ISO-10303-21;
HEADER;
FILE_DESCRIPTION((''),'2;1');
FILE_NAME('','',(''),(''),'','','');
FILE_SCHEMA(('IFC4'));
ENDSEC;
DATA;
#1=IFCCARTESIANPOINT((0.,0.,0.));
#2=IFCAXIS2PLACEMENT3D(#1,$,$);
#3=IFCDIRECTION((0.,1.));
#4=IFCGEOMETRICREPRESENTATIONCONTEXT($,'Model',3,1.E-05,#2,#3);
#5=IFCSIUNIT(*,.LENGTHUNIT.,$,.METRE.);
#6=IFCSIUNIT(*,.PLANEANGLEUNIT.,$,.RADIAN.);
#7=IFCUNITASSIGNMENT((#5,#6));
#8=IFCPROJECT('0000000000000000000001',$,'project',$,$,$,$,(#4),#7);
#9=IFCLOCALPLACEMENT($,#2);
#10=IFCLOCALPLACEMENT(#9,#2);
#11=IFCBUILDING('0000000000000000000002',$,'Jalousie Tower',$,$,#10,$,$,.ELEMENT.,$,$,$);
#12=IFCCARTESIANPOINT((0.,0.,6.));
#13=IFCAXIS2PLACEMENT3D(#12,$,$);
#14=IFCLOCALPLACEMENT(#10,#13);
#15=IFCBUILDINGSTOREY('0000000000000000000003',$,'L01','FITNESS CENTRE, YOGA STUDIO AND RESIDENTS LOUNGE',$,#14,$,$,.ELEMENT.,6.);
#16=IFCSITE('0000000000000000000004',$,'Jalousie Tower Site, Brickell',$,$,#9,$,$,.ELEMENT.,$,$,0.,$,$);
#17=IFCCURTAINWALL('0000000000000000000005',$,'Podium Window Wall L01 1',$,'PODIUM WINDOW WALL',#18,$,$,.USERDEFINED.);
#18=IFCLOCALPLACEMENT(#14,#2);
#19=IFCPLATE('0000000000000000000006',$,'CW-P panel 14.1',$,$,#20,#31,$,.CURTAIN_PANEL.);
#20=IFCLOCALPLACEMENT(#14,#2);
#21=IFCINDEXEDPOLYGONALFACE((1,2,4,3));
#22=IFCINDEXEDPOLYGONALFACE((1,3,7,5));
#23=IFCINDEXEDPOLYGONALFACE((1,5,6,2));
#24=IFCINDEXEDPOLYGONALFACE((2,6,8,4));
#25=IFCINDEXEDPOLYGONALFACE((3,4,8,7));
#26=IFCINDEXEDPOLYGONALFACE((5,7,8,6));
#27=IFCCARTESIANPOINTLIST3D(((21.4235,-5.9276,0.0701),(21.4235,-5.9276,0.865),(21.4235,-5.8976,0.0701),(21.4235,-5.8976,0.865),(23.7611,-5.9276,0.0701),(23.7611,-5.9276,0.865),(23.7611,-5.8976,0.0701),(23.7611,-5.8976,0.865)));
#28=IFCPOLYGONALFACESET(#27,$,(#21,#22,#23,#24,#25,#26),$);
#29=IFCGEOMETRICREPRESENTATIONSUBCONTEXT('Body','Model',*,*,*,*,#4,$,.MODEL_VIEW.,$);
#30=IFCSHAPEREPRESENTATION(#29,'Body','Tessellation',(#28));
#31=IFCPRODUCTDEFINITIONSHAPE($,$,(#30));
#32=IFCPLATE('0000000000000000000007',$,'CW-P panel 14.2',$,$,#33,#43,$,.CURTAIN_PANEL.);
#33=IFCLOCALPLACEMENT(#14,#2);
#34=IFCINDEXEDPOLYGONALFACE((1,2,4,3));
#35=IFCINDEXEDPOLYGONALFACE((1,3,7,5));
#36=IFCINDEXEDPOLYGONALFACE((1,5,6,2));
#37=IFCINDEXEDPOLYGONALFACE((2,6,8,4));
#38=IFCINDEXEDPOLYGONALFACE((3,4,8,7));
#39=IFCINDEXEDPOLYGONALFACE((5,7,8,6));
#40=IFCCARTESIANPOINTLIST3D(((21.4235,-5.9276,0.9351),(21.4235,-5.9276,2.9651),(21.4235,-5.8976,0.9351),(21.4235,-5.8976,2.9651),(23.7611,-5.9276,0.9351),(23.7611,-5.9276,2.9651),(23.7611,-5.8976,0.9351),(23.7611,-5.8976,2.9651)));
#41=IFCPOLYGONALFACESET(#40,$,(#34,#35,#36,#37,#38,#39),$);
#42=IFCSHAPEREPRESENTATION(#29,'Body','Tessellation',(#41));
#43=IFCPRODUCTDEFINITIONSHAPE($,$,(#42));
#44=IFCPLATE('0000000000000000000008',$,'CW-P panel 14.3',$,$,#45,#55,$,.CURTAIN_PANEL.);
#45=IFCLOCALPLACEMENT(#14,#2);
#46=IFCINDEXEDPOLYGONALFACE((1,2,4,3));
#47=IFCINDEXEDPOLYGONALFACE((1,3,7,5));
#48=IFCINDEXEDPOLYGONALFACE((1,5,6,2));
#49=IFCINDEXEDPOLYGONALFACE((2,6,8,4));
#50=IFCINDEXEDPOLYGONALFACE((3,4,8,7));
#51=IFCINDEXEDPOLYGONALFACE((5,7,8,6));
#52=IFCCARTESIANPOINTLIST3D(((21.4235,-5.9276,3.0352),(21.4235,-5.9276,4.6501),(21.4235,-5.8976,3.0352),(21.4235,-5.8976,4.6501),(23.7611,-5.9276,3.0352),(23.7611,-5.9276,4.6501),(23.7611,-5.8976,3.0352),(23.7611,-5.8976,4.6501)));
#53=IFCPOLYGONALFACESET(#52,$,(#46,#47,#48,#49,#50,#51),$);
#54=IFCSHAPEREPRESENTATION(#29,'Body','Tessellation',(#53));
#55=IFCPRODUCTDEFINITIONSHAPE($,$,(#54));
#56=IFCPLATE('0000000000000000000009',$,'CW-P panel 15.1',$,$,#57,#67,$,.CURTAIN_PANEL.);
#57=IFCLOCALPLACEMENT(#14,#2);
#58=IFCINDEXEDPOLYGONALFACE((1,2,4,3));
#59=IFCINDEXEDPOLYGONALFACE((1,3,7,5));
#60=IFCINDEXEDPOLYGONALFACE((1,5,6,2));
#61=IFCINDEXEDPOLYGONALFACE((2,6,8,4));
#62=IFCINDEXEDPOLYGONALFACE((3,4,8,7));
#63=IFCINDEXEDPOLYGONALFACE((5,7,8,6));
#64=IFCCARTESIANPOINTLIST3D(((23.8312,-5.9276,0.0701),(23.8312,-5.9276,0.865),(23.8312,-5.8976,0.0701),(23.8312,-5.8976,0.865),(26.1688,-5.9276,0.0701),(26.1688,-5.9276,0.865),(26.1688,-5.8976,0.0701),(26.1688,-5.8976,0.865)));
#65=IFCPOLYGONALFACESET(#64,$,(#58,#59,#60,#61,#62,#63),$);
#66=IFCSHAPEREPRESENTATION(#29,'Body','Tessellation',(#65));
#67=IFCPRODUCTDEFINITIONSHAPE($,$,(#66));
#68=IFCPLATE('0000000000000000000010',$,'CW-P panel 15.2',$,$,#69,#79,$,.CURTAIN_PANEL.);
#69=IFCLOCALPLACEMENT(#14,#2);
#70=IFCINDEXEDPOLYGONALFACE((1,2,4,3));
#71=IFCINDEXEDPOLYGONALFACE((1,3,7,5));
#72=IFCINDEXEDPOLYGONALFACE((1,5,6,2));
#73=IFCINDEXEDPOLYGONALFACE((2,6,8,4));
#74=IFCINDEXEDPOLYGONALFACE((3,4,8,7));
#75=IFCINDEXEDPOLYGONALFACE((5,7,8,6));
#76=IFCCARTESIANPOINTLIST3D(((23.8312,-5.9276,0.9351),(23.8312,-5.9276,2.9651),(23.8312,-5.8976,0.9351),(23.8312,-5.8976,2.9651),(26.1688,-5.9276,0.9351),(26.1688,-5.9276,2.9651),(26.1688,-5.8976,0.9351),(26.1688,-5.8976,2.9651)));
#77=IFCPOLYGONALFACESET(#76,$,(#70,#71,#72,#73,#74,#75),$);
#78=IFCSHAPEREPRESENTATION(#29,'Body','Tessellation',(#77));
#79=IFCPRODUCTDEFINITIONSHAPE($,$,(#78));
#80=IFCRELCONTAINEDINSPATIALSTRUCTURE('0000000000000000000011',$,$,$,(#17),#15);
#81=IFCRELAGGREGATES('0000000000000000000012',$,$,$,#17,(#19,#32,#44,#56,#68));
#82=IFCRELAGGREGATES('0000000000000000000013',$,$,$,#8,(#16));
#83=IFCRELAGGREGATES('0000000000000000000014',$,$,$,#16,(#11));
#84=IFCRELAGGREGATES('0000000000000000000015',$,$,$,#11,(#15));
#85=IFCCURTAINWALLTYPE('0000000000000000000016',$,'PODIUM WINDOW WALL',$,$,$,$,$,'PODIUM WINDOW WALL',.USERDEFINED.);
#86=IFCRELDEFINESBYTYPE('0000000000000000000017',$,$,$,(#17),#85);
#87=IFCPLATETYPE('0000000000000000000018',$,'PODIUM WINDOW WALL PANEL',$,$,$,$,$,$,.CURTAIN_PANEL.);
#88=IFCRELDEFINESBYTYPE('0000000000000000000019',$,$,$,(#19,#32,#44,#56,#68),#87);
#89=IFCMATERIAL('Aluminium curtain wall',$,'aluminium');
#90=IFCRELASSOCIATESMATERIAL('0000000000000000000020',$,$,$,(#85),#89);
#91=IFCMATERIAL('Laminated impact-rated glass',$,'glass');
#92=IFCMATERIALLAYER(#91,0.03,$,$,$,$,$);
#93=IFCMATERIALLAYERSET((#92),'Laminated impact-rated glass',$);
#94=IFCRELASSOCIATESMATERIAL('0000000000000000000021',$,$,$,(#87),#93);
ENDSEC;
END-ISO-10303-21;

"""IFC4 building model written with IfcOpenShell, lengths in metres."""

from ifc_helpers import new_model, si_unit, direction, frame, origin, origin_2d, place, context, subcontext, project, spatial, rectangle, extrude, material, layer, layer_set, type_object, element, aggregate, save


model = new_model("IFC4")

# Units and contexts
model_context = context("Model", 3, precision=1e-05, world=origin(), true_north=direction((0.0, 1.0)))
body_context = subcontext(model_context, "Body", "Model", "MODEL_VIEW")
ifc_project = project(units=[si_unit("LENGTHUNIT", "METRE"), si_unit("PLANEANGLEUNIT", "RADIAN")], contexts=[model_context])

# Site, building, storey
site_placement = place(None, origin())
site = spatial("IfcSite", under=ifc_project, at=site_placement, Name="Jalousie Tower Site, Brickell", CompositionType="ELEMENT", RefElevation=0.0)
building_placement = place(site_placement, origin())
building = spatial("IfcBuilding", under=site, at=building_placement, Name="Jalousie Tower", CompositionType="ELEMENT")
storey_placement = place(building_placement, frame((0.0, 0.0, 6.0)))
storey = spatial("IfcBuildingStorey", under=building, at=storey_placement, Name="L01", Description="FITNESS CENTRE, YOGA STUDIO AND RESIDENTS LOUNGE", CompositionType="ELEMENT", Elevation=6.0)

# Curtain wall, plates
ifc_material_1 = material(Name="Aluminium curtain wall", Category="aluminium")
curtain_wall_type = type_object("IfcCurtainWallType", Name="PODIUM WINDOW WALL", ElementType="PODIUM WINDOW WALL", PredefinedType="USERDEFINED", material=ifc_material_1)
curtain_wall_placement = place(storey_placement, origin())
curtain_wall = element("IfcCurtainWall", 1, at=curtain_wall_placement, inside=storey, type_object=curtain_wall_type, Name="Podium Window Wall L01 1", ObjectType="PODIUM WINDOW WALL", PredefinedType="USERDEFINED")
ifc_material_2 = material(Name="Laminated impact-rated glass", Category="glass")
ifc_layer = layer(ifc_material_2, 0.03)
ifc_layer_set = layer_set([ifc_layer], Name="Laminated impact-rated glass")
plate_type = type_object("IfcPlateType", Name="PODIUM WINDOW WALL PANEL", PredefinedType="CURTAIN_PANEL", material=ifc_layer_set)
plate_1_placement = place(storey_placement, frame((22.5923, -5.9126, 0.0701), z_axis=(0.0, 0.0, 1.0), x_axis=(1.0, 0.0, 0.0)))
plate_1 = element("IfcPlate", 2, at=plate_1_placement, type_object=plate_type, Name="CW-P panel 14.1", PredefinedType="CURTAIN_PANEL", context=body_context, shape_type="SweptSolid", body=[
    extrude(rectangle(XDim=2.3376, YDim=0.03, at=origin_2d()), origin(), (0.0, 0.0, 1.0), 0.7949),
])
plate_2_placement = place(storey_placement, frame((22.5923, -5.9126, 0.9351), z_axis=(0.0, 0.0, 1.0), x_axis=(1.0, 0.0, 0.0)))
plate_2 = element("IfcPlate", 3, at=plate_2_placement, type_object=plate_type, Name="CW-P panel 14.2", PredefinedType="CURTAIN_PANEL", context=body_context, shape_type="SweptSolid", body=[
    extrude(rectangle(XDim=2.3376, YDim=0.03, at=origin_2d()), origin(), (0.0, 0.0, 1.0), 2.03),
])
plate_3_placement = place(storey_placement, frame((22.5923, -5.9126, 3.0352), z_axis=(0.0, 0.0, 1.0), x_axis=(1.0, 0.0, 0.0)))
plate_3 = element("IfcPlate", 4, at=plate_3_placement, type_object=plate_type, Name="CW-P panel 14.3", PredefinedType="CURTAIN_PANEL", context=body_context, shape_type="SweptSolid", body=[
    extrude(rectangle(XDim=2.3376, YDim=0.03, at=origin_2d()), origin(), (0.0, 0.0, 1.0), 1.615),
])
plate_4_placement = place(storey_placement, frame((25.0, -5.9126, 0.0701), z_axis=(0.0, 0.0, 1.0), x_axis=(1.0, 0.0, 0.0)))
plate_4 = element("IfcPlate", 5, at=plate_4_placement, type_object=plate_type, Name="CW-P panel 15.1", PredefinedType="CURTAIN_PANEL", context=body_context, shape_type="SweptSolid", body=[
    extrude(rectangle(XDim=2.3376, YDim=0.03, at=origin_2d()), origin(), (0.0, 0.0, 1.0), 0.7949),
])
plate_5_placement = place(storey_placement, frame((25.0, -5.9126, 0.9351), z_axis=(0.0, 0.0, 1.0), x_axis=(1.0, 0.0, 0.0)))
plate_5 = element("IfcPlate", 6, at=plate_5_placement, type_object=plate_type, Name="CW-P panel 15.2", PredefinedType="CURTAIN_PANEL", context=body_context, shape_type="SweptSolid", body=[
    extrude(rectangle(XDim=2.3376, YDim=0.03, at=origin_2d()), origin(), (0.0, 0.0, 1.0), 2.03),
])
aggregate(curtain_wall, [plate_1, plate_2, plate_3, plate_4, plate_5])

save(model, "model.ifc")
